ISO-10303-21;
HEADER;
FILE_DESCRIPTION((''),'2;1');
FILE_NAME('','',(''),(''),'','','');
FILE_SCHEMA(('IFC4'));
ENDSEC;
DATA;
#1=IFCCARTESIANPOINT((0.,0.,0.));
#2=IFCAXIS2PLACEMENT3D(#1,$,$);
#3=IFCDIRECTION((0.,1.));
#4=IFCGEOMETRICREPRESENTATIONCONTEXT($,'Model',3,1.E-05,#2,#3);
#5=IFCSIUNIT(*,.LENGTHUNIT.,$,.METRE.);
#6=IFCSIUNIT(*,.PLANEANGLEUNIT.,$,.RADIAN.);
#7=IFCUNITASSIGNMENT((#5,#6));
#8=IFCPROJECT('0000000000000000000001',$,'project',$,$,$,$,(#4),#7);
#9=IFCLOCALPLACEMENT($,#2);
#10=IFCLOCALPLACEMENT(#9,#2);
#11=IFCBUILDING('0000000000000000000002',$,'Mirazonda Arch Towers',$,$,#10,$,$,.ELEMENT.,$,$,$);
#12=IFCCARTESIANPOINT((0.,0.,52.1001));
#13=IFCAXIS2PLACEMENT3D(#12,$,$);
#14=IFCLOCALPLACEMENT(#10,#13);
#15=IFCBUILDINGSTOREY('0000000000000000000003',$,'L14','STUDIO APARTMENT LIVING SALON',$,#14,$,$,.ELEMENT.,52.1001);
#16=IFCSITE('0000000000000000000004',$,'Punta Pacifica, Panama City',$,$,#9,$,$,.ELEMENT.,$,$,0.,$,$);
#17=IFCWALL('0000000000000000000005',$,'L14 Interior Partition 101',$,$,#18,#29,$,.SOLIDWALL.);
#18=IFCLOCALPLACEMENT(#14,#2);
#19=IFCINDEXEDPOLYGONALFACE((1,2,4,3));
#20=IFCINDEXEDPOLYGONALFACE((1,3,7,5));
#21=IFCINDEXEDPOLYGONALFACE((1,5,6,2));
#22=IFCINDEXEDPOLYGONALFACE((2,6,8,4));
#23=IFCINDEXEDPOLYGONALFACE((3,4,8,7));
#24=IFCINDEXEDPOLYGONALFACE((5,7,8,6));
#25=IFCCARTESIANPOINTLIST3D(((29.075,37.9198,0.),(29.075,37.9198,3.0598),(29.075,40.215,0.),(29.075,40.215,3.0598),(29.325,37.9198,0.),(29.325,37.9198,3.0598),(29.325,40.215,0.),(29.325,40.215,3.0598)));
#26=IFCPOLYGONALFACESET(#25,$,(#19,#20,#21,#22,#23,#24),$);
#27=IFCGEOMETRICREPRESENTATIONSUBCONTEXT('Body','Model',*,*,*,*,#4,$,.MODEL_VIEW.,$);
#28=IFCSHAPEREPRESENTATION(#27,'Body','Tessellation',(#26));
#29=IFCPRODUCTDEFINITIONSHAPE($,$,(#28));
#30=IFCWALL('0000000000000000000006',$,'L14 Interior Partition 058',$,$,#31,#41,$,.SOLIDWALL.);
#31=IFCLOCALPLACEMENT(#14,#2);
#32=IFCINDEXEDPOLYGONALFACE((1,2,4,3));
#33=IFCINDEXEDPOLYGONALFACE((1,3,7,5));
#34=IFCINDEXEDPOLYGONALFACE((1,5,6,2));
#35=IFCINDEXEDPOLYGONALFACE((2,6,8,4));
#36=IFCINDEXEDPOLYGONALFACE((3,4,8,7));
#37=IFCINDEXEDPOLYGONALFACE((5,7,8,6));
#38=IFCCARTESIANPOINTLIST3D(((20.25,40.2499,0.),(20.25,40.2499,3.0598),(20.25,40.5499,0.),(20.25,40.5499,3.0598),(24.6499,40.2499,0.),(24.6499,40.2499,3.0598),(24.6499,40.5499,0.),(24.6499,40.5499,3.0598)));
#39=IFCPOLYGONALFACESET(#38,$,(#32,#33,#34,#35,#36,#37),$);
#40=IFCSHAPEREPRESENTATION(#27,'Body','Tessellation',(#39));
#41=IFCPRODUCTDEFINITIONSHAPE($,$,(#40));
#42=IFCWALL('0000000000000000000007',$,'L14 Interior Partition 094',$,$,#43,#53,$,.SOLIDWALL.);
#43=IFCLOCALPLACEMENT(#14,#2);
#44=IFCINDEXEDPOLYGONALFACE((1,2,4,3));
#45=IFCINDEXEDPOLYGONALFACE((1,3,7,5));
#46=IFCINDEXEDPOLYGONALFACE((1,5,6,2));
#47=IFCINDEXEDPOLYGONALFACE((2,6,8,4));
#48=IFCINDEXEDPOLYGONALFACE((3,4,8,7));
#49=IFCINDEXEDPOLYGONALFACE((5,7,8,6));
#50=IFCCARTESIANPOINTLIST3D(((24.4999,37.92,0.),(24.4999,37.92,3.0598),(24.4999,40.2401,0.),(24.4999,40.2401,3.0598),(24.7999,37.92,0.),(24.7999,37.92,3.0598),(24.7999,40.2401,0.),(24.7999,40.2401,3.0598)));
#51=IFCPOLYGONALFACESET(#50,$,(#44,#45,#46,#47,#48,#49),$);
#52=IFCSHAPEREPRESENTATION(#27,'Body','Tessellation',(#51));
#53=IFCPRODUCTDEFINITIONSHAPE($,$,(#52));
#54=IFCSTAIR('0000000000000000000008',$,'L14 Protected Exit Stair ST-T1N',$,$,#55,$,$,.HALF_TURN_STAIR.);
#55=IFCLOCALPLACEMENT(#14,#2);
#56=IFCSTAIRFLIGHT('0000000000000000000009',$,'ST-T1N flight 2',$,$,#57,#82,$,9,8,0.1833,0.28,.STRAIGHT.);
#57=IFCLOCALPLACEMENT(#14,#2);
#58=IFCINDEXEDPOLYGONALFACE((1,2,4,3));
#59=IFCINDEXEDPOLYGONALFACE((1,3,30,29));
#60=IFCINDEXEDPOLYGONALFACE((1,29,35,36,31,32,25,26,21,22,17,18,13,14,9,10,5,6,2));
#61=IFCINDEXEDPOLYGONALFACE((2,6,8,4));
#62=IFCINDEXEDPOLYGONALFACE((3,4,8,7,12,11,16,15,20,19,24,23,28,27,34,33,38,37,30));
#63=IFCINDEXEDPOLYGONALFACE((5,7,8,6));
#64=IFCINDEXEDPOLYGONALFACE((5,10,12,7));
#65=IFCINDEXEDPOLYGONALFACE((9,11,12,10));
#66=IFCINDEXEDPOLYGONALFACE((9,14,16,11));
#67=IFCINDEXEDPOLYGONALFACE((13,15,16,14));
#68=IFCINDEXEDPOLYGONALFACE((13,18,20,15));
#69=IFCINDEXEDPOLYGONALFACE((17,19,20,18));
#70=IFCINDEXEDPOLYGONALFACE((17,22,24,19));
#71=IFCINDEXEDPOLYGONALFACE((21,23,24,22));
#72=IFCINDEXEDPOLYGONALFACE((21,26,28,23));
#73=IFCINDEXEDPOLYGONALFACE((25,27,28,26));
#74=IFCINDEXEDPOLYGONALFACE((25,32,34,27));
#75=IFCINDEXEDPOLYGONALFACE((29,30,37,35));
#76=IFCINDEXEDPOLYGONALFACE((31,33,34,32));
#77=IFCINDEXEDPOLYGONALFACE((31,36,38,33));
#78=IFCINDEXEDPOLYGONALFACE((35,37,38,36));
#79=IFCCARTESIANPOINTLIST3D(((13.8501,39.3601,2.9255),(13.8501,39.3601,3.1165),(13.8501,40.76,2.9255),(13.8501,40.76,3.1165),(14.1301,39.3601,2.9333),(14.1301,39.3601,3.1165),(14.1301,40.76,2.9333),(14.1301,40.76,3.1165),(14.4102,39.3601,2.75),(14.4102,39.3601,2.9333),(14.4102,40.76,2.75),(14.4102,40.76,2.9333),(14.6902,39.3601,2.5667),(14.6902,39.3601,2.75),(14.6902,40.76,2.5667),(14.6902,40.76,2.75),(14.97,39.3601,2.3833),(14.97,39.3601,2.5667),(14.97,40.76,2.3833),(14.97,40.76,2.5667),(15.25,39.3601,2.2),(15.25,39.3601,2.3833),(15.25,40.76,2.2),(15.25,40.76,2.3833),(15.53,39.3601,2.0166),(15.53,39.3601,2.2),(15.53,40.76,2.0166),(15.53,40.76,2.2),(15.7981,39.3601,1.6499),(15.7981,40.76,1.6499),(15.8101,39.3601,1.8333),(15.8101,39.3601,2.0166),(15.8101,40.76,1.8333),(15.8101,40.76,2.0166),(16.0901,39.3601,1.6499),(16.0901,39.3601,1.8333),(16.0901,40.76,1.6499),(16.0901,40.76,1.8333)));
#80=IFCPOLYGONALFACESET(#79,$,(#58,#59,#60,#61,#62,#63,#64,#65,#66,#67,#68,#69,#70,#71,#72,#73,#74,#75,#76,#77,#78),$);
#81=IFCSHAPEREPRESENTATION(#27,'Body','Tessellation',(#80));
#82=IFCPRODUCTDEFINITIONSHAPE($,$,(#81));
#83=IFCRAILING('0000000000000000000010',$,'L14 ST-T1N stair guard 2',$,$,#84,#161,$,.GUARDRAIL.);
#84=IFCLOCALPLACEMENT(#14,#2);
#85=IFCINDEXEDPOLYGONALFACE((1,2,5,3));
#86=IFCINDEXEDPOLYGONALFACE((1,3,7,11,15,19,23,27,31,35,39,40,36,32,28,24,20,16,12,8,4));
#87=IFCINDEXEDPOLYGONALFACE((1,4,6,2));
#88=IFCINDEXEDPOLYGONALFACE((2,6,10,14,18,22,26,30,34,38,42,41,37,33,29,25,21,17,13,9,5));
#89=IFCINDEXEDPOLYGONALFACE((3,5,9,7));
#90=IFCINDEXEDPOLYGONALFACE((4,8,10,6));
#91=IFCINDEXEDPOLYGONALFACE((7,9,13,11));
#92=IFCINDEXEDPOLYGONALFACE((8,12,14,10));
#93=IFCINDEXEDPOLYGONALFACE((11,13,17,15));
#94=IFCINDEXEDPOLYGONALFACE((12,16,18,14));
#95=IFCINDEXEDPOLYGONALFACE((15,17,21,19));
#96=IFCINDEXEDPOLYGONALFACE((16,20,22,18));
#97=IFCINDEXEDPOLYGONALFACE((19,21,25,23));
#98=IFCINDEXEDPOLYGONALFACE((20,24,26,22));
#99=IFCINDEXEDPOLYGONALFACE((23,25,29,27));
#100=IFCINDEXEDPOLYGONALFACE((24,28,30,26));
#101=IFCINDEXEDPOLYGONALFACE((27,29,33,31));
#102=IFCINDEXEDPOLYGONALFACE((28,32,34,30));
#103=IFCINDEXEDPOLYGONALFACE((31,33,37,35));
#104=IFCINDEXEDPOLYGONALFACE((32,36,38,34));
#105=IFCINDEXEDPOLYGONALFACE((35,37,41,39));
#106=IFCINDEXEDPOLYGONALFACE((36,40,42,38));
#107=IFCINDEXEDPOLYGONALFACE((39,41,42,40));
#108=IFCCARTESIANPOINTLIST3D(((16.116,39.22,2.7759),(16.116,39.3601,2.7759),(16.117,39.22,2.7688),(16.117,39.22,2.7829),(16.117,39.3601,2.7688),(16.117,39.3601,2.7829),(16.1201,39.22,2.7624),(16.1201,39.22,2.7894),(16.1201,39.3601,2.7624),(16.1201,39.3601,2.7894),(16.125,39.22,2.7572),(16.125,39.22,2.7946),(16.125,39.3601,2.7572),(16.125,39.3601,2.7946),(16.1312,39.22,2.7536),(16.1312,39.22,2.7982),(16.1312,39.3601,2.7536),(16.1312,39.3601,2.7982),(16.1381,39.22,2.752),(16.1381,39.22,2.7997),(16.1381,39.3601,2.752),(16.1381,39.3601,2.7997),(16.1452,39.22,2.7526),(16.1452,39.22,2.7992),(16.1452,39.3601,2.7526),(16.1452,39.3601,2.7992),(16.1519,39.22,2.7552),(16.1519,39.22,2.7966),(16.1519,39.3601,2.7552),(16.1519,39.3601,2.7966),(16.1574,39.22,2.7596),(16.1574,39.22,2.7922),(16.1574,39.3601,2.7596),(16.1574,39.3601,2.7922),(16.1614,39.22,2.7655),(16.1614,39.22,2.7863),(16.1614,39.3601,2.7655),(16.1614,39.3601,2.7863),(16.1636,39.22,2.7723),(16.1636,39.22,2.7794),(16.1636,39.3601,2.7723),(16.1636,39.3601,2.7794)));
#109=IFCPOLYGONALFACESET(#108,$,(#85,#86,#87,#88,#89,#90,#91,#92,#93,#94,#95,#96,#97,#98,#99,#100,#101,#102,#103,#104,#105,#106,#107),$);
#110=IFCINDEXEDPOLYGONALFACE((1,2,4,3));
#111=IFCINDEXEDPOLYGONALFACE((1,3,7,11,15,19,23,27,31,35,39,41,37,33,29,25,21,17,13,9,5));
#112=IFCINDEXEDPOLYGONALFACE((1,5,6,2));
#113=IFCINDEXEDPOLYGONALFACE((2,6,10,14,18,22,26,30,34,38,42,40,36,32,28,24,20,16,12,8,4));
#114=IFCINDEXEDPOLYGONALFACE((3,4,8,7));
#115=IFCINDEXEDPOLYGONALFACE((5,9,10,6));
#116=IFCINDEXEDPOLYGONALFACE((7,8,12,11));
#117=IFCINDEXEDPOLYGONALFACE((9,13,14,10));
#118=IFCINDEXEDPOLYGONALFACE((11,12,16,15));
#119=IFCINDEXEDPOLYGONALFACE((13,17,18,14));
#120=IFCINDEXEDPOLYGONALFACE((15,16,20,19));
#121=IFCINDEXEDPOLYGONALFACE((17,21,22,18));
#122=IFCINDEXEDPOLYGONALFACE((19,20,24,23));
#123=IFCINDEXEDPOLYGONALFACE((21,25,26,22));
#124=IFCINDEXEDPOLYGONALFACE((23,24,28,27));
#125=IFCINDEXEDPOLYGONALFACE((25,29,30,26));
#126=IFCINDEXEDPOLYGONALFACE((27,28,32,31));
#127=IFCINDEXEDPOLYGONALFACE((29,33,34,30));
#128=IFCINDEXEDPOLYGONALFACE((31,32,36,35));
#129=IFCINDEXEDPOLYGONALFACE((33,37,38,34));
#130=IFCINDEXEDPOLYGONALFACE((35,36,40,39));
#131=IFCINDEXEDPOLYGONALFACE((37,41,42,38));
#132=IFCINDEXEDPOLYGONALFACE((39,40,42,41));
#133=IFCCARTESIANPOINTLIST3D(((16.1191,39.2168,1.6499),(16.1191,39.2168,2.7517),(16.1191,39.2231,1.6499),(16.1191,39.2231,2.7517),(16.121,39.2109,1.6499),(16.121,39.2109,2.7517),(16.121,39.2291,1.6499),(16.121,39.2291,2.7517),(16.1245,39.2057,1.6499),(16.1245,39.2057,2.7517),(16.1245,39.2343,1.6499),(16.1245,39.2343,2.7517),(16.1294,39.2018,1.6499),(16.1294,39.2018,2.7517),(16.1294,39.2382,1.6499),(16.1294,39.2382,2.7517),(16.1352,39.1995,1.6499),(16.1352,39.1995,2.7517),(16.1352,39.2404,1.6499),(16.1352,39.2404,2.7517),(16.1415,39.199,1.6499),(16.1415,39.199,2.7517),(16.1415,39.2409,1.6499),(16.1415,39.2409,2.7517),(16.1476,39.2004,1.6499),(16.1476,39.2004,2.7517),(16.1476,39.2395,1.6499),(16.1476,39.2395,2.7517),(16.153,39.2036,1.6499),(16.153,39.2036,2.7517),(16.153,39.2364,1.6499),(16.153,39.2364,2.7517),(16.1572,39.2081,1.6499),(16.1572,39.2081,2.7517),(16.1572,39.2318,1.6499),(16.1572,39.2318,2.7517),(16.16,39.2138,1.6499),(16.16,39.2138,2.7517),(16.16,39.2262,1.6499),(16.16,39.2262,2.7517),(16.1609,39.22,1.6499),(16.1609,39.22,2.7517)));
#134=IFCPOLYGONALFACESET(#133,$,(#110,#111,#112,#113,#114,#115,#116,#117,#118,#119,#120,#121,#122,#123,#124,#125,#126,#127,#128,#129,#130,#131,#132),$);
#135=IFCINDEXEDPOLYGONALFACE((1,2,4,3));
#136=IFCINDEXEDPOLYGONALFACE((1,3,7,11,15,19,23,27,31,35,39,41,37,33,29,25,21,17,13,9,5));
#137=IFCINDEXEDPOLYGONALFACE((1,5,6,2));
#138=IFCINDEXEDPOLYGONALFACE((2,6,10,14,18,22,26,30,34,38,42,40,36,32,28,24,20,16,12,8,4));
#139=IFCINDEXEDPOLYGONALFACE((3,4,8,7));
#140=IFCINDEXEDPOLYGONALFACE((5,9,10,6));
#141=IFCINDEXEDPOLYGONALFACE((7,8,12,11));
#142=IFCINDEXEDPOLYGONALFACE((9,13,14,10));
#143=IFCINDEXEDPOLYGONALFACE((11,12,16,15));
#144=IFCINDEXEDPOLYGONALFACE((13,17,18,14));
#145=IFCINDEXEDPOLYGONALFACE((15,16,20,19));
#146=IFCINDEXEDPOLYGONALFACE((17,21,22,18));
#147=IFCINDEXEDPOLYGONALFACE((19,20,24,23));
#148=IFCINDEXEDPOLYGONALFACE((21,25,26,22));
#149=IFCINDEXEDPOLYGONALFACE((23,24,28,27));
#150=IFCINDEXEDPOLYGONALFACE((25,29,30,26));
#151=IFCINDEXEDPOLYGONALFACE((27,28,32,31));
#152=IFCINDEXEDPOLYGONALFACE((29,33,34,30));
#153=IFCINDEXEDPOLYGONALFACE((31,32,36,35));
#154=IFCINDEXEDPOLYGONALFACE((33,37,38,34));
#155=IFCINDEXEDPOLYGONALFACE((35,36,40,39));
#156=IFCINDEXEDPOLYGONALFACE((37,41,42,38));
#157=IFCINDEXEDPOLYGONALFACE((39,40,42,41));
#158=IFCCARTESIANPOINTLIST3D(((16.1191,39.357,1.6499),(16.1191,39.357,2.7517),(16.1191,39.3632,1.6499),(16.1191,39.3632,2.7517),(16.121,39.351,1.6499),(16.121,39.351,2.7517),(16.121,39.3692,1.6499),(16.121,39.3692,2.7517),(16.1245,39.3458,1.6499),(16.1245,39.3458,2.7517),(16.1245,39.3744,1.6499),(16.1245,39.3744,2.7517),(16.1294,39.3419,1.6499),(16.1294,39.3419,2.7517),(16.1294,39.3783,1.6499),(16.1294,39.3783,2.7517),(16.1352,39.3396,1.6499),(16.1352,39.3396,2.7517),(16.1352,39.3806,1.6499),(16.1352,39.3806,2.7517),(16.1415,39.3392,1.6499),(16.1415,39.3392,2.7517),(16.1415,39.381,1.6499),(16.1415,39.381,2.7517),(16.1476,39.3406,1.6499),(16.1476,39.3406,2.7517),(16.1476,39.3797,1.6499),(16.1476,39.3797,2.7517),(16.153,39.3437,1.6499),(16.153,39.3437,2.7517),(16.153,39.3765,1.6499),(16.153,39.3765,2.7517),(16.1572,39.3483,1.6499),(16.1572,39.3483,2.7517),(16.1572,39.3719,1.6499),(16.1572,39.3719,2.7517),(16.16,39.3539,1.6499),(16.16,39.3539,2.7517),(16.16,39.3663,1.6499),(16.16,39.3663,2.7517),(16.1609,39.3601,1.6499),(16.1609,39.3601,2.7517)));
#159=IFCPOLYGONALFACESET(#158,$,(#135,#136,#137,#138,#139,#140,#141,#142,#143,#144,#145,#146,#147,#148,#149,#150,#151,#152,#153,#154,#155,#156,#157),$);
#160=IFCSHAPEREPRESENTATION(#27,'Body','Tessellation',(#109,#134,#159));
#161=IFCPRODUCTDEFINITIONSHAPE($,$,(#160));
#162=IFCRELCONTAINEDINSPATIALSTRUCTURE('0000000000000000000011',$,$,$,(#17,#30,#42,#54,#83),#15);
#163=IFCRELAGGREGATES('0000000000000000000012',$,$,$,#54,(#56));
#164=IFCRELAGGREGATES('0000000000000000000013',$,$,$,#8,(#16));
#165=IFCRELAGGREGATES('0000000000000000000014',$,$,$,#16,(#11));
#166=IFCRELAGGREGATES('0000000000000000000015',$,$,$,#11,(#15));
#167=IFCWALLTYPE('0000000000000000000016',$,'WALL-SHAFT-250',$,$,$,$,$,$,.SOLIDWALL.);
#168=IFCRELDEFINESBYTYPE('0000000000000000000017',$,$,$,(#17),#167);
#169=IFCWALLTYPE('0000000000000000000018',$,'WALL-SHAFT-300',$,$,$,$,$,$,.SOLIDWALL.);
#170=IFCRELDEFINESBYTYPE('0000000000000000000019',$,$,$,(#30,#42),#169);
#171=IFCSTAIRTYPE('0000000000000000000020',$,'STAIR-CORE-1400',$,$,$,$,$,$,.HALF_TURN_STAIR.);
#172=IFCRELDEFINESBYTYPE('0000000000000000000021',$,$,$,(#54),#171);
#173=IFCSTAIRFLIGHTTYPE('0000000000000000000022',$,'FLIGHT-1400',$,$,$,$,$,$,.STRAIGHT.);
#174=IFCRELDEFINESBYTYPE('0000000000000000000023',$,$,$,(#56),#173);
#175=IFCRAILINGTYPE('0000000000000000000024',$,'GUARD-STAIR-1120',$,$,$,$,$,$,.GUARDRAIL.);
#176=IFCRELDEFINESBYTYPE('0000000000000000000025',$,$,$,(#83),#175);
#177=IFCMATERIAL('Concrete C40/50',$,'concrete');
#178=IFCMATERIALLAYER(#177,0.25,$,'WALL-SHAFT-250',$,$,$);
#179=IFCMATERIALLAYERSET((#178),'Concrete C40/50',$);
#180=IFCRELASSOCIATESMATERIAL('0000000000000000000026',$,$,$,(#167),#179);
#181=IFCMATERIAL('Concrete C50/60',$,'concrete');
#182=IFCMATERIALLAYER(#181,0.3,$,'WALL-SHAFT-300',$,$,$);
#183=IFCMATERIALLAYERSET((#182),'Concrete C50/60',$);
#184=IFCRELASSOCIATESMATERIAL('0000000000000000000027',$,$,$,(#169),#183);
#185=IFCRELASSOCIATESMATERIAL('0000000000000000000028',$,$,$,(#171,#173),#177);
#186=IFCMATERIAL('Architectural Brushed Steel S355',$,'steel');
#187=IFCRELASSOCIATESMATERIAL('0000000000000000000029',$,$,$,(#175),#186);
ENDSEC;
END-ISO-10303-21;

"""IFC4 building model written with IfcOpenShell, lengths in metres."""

from ifc_helpers import new_model, si_unit, direction, frame, frame_2d, origin, origin_2d, place, context, subcontext, project, spatial, polyline, rectangle, circle, outline, extrude, material, layer, layer_set, type_object, element, aggregate, save


model = new_model("IFC4")

# Units and contexts
model_context = context("Model", 3, precision=1e-05, world=origin(), true_north=direction((0.0, 1.0)))
body_context = subcontext(model_context, "Body", "Model", "MODEL_VIEW")
ifc_project = project(units=[si_unit("LENGTHUNIT", "METRE"), si_unit("PLANEANGLEUNIT", "RADIAN")], contexts=[model_context])

# Site, building, storey
site_placement = place(None, origin())
site = spatial("IfcSite", under=ifc_project, at=site_placement, Name="Punta Pacifica, Panama City", CompositionType="ELEMENT", RefElevation=0.0)
building_placement = place(site_placement, origin())
building = spatial("IfcBuilding", under=site, at=building_placement, Name="Mirazonda Arch Towers", CompositionType="ELEMENT")
storey_placement = place(building_placement, frame((0.0, 0.0, 52.1001)))
storey = spatial("IfcBuildingStorey", under=building, at=storey_placement, Name="L14", Description="STUDIO APARTMENT LIVING SALON", CompositionType="ELEMENT", Elevation=52.1001)

# Shared definitions
ifc_material_1 = material(Name="Architectural Brushed Steel S355", Category="steel")

# Walls
ifc_material_2 = material(Name="Concrete C40/50", Category="concrete")
ifc_layer_1 = layer(ifc_material_2, 0.25, Name="WALL-SHAFT-250")
ifc_layer_set_1 = layer_set([ifc_layer_1], Name="Concrete C40/50")
wall_type_1 = type_object("IfcWallType", Name="WALL-SHAFT-250", PredefinedType="SOLIDWALL", material=ifc_layer_set_1)
for number, where, z_axis, x_axis, name in (
    (1, (29.2, 37.9199, 0.0), (0.0, 0.0, 1.0), (0.0, 1.0, 0.0), "L14 Interior Partition 101"),
):
    element("IfcWall", number, at=place(storey_placement, frame(where, z_axis=z_axis, x_axis=x_axis)), inside=storey, type_object=wall_type_1, Name=name, PredefinedType="SOLIDWALL", context=body_context, shape_type="SweptSolid", body=[
        extrude(rectangle(XDim=2.2952, YDim=0.25, at=frame_2d((1.1475, 0.0))), origin(), (0.0, 0.0, 1.0), 3.0598),
    ])
ifc_material_3 = material(Name="Concrete C50/60", Category="concrete")
ifc_layer_2 = layer(ifc_material_3, 0.3, Name="WALL-SHAFT-300")
ifc_layer_set_2 = layer_set([ifc_layer_2], Name="Concrete C50/60")
wall_type_2 = type_object("IfcWallType", Name="WALL-SHAFT-300", PredefinedType="SOLIDWALL", material=ifc_layer_set_2)
wall_1_placement = place(storey_placement, frame((20.25, 40.3999, 0.0), z_axis=(0.0, 0.0, 1.0), x_axis=(1.0, 0.0, 0.0)))
element("IfcWall", 2, at=wall_1_placement, inside=storey, type_object=wall_type_2, Name="L14 Interior Partition 058", PredefinedType="SOLIDWALL", context=body_context, shape_type="SweptSolid", body=[
    extrude(rectangle(XDim=4.3999, YDim=0.3, at=frame_2d((2.2, 0.0))), origin(), (0.0, 0.0, 1.0), 3.0598),
])
wall_2_placement = place(storey_placement, frame((24.6499, 37.9199, 0.0), z_axis=(0.0, 0.0, 1.0), x_axis=(0.0, 1.0, 0.0)))
element("IfcWall", 3, at=wall_2_placement, inside=storey, type_object=wall_type_2, Name="L14 Interior Partition 094", PredefinedType="SOLIDWALL", context=body_context, shape_type="SweptSolid", body=[
    extrude(rectangle(XDim=2.3201, YDim=0.3, at=frame_2d((1.1602, 0.0))), origin(), (0.0, 0.0, 1.0), 3.0598),
])

# Stair, stair flight
stair_type = type_object("IfcStairType", Name="STAIR-CORE-1400", PredefinedType="HALF_TURN_STAIR", material=ifc_material_2)
stair_placement = place(storey_placement, origin())
stair = element("IfcStair", 4, at=stair_placement, inside=storey, type_object=stair_type, Name="L14 Protected Exit Stair ST-T1N", PredefinedType="HALF_TURN_STAIR")
stair_flight_type = type_object("IfcStairFlightType", Name="FLIGHT-1400", PredefinedType="STRAIGHT", material=ifc_material_2)
stair_flight_placement = place(storey_placement, frame((16.0901, 40.0601, 1.6499), z_axis=(0.0, 0.0, 1.0), x_axis=(-1.0, 0.0, 0.0)))
stair_flight = element("IfcStairFlight", 5, at=stair_flight_placement, type_object=stair_flight_type, Name="ST-T1N flight 2", NumberOfRisers=9, NumberOfTreads=8, PredefinedType="STRAIGHT", RiserHeight=0.1833, TreadLength=0.28, context=body_context, shape_type="SweptSolid", body=[
    extrude(outline(polyline([(0.0, 0.0), (0.0, 0.1833), (0.28, 0.1833), (0.28, 0.3667), (0.5601, 0.3667), (0.5601, 0.55), (0.8401, 0.55), (0.8401, 0.7334), (1.1201, 0.7334), (1.1201, 0.9167), (1.3999, 0.9167), (1.3999, 1.1001), (1.6799, 1.1001), (1.6799, 1.2834), (1.96, 1.2834), (1.96, 1.4666), (2.24, 1.4666), (2.24, 1.6499), (2.24, 1.2756), (0.292, 0.0), (0.0, 0.0)])), frame((0.0, 0.7, 0.0), z_axis=(0.0, -1.0, 0.0), x_axis=(1.0, 0.0, 0.0)), (0.0, 0.0, 1.0), 1.3999),
])
aggregate(stair, [stair_flight])

# Railing
railing_type_1 = type_object("IfcRailingType", Name="GUARD-STAIR-1120", PredefinedType="GUARDRAIL", material=ifc_material_1)
railing_1_placement = place(storey_placement, frame((16.1399, 39.22, 1.6499)))
element("IfcRailing", 6, at=railing_1_placement, inside=storey, type_object=railing_type_1, Name="L14 ST-T1N stair guard 2", PredefinedType="GUARDRAIL", context=body_context, shape_type="SweptSolid", body=[
    extrude(circle(Radius=0.0239, at=origin_2d()), frame((0.0, 0.0, 1.126), z_axis=(0.0, 1.0, 0.0), x_axis=(-1.0, 0.0, 0.0)), (0.0, 0.0, 1.0), 0.1401),
    extrude(circle(Radius=0.021, at=origin_2d()), origin(), (0.0, 0.0, 1.0), 1.1018),
    extrude(circle(Radius=0.021, at=origin_2d()), frame((0.0, 0.1401, 0.0)), (0.0, 0.0, 1.0), 1.1018),
])

save(model, "model.ifc")
